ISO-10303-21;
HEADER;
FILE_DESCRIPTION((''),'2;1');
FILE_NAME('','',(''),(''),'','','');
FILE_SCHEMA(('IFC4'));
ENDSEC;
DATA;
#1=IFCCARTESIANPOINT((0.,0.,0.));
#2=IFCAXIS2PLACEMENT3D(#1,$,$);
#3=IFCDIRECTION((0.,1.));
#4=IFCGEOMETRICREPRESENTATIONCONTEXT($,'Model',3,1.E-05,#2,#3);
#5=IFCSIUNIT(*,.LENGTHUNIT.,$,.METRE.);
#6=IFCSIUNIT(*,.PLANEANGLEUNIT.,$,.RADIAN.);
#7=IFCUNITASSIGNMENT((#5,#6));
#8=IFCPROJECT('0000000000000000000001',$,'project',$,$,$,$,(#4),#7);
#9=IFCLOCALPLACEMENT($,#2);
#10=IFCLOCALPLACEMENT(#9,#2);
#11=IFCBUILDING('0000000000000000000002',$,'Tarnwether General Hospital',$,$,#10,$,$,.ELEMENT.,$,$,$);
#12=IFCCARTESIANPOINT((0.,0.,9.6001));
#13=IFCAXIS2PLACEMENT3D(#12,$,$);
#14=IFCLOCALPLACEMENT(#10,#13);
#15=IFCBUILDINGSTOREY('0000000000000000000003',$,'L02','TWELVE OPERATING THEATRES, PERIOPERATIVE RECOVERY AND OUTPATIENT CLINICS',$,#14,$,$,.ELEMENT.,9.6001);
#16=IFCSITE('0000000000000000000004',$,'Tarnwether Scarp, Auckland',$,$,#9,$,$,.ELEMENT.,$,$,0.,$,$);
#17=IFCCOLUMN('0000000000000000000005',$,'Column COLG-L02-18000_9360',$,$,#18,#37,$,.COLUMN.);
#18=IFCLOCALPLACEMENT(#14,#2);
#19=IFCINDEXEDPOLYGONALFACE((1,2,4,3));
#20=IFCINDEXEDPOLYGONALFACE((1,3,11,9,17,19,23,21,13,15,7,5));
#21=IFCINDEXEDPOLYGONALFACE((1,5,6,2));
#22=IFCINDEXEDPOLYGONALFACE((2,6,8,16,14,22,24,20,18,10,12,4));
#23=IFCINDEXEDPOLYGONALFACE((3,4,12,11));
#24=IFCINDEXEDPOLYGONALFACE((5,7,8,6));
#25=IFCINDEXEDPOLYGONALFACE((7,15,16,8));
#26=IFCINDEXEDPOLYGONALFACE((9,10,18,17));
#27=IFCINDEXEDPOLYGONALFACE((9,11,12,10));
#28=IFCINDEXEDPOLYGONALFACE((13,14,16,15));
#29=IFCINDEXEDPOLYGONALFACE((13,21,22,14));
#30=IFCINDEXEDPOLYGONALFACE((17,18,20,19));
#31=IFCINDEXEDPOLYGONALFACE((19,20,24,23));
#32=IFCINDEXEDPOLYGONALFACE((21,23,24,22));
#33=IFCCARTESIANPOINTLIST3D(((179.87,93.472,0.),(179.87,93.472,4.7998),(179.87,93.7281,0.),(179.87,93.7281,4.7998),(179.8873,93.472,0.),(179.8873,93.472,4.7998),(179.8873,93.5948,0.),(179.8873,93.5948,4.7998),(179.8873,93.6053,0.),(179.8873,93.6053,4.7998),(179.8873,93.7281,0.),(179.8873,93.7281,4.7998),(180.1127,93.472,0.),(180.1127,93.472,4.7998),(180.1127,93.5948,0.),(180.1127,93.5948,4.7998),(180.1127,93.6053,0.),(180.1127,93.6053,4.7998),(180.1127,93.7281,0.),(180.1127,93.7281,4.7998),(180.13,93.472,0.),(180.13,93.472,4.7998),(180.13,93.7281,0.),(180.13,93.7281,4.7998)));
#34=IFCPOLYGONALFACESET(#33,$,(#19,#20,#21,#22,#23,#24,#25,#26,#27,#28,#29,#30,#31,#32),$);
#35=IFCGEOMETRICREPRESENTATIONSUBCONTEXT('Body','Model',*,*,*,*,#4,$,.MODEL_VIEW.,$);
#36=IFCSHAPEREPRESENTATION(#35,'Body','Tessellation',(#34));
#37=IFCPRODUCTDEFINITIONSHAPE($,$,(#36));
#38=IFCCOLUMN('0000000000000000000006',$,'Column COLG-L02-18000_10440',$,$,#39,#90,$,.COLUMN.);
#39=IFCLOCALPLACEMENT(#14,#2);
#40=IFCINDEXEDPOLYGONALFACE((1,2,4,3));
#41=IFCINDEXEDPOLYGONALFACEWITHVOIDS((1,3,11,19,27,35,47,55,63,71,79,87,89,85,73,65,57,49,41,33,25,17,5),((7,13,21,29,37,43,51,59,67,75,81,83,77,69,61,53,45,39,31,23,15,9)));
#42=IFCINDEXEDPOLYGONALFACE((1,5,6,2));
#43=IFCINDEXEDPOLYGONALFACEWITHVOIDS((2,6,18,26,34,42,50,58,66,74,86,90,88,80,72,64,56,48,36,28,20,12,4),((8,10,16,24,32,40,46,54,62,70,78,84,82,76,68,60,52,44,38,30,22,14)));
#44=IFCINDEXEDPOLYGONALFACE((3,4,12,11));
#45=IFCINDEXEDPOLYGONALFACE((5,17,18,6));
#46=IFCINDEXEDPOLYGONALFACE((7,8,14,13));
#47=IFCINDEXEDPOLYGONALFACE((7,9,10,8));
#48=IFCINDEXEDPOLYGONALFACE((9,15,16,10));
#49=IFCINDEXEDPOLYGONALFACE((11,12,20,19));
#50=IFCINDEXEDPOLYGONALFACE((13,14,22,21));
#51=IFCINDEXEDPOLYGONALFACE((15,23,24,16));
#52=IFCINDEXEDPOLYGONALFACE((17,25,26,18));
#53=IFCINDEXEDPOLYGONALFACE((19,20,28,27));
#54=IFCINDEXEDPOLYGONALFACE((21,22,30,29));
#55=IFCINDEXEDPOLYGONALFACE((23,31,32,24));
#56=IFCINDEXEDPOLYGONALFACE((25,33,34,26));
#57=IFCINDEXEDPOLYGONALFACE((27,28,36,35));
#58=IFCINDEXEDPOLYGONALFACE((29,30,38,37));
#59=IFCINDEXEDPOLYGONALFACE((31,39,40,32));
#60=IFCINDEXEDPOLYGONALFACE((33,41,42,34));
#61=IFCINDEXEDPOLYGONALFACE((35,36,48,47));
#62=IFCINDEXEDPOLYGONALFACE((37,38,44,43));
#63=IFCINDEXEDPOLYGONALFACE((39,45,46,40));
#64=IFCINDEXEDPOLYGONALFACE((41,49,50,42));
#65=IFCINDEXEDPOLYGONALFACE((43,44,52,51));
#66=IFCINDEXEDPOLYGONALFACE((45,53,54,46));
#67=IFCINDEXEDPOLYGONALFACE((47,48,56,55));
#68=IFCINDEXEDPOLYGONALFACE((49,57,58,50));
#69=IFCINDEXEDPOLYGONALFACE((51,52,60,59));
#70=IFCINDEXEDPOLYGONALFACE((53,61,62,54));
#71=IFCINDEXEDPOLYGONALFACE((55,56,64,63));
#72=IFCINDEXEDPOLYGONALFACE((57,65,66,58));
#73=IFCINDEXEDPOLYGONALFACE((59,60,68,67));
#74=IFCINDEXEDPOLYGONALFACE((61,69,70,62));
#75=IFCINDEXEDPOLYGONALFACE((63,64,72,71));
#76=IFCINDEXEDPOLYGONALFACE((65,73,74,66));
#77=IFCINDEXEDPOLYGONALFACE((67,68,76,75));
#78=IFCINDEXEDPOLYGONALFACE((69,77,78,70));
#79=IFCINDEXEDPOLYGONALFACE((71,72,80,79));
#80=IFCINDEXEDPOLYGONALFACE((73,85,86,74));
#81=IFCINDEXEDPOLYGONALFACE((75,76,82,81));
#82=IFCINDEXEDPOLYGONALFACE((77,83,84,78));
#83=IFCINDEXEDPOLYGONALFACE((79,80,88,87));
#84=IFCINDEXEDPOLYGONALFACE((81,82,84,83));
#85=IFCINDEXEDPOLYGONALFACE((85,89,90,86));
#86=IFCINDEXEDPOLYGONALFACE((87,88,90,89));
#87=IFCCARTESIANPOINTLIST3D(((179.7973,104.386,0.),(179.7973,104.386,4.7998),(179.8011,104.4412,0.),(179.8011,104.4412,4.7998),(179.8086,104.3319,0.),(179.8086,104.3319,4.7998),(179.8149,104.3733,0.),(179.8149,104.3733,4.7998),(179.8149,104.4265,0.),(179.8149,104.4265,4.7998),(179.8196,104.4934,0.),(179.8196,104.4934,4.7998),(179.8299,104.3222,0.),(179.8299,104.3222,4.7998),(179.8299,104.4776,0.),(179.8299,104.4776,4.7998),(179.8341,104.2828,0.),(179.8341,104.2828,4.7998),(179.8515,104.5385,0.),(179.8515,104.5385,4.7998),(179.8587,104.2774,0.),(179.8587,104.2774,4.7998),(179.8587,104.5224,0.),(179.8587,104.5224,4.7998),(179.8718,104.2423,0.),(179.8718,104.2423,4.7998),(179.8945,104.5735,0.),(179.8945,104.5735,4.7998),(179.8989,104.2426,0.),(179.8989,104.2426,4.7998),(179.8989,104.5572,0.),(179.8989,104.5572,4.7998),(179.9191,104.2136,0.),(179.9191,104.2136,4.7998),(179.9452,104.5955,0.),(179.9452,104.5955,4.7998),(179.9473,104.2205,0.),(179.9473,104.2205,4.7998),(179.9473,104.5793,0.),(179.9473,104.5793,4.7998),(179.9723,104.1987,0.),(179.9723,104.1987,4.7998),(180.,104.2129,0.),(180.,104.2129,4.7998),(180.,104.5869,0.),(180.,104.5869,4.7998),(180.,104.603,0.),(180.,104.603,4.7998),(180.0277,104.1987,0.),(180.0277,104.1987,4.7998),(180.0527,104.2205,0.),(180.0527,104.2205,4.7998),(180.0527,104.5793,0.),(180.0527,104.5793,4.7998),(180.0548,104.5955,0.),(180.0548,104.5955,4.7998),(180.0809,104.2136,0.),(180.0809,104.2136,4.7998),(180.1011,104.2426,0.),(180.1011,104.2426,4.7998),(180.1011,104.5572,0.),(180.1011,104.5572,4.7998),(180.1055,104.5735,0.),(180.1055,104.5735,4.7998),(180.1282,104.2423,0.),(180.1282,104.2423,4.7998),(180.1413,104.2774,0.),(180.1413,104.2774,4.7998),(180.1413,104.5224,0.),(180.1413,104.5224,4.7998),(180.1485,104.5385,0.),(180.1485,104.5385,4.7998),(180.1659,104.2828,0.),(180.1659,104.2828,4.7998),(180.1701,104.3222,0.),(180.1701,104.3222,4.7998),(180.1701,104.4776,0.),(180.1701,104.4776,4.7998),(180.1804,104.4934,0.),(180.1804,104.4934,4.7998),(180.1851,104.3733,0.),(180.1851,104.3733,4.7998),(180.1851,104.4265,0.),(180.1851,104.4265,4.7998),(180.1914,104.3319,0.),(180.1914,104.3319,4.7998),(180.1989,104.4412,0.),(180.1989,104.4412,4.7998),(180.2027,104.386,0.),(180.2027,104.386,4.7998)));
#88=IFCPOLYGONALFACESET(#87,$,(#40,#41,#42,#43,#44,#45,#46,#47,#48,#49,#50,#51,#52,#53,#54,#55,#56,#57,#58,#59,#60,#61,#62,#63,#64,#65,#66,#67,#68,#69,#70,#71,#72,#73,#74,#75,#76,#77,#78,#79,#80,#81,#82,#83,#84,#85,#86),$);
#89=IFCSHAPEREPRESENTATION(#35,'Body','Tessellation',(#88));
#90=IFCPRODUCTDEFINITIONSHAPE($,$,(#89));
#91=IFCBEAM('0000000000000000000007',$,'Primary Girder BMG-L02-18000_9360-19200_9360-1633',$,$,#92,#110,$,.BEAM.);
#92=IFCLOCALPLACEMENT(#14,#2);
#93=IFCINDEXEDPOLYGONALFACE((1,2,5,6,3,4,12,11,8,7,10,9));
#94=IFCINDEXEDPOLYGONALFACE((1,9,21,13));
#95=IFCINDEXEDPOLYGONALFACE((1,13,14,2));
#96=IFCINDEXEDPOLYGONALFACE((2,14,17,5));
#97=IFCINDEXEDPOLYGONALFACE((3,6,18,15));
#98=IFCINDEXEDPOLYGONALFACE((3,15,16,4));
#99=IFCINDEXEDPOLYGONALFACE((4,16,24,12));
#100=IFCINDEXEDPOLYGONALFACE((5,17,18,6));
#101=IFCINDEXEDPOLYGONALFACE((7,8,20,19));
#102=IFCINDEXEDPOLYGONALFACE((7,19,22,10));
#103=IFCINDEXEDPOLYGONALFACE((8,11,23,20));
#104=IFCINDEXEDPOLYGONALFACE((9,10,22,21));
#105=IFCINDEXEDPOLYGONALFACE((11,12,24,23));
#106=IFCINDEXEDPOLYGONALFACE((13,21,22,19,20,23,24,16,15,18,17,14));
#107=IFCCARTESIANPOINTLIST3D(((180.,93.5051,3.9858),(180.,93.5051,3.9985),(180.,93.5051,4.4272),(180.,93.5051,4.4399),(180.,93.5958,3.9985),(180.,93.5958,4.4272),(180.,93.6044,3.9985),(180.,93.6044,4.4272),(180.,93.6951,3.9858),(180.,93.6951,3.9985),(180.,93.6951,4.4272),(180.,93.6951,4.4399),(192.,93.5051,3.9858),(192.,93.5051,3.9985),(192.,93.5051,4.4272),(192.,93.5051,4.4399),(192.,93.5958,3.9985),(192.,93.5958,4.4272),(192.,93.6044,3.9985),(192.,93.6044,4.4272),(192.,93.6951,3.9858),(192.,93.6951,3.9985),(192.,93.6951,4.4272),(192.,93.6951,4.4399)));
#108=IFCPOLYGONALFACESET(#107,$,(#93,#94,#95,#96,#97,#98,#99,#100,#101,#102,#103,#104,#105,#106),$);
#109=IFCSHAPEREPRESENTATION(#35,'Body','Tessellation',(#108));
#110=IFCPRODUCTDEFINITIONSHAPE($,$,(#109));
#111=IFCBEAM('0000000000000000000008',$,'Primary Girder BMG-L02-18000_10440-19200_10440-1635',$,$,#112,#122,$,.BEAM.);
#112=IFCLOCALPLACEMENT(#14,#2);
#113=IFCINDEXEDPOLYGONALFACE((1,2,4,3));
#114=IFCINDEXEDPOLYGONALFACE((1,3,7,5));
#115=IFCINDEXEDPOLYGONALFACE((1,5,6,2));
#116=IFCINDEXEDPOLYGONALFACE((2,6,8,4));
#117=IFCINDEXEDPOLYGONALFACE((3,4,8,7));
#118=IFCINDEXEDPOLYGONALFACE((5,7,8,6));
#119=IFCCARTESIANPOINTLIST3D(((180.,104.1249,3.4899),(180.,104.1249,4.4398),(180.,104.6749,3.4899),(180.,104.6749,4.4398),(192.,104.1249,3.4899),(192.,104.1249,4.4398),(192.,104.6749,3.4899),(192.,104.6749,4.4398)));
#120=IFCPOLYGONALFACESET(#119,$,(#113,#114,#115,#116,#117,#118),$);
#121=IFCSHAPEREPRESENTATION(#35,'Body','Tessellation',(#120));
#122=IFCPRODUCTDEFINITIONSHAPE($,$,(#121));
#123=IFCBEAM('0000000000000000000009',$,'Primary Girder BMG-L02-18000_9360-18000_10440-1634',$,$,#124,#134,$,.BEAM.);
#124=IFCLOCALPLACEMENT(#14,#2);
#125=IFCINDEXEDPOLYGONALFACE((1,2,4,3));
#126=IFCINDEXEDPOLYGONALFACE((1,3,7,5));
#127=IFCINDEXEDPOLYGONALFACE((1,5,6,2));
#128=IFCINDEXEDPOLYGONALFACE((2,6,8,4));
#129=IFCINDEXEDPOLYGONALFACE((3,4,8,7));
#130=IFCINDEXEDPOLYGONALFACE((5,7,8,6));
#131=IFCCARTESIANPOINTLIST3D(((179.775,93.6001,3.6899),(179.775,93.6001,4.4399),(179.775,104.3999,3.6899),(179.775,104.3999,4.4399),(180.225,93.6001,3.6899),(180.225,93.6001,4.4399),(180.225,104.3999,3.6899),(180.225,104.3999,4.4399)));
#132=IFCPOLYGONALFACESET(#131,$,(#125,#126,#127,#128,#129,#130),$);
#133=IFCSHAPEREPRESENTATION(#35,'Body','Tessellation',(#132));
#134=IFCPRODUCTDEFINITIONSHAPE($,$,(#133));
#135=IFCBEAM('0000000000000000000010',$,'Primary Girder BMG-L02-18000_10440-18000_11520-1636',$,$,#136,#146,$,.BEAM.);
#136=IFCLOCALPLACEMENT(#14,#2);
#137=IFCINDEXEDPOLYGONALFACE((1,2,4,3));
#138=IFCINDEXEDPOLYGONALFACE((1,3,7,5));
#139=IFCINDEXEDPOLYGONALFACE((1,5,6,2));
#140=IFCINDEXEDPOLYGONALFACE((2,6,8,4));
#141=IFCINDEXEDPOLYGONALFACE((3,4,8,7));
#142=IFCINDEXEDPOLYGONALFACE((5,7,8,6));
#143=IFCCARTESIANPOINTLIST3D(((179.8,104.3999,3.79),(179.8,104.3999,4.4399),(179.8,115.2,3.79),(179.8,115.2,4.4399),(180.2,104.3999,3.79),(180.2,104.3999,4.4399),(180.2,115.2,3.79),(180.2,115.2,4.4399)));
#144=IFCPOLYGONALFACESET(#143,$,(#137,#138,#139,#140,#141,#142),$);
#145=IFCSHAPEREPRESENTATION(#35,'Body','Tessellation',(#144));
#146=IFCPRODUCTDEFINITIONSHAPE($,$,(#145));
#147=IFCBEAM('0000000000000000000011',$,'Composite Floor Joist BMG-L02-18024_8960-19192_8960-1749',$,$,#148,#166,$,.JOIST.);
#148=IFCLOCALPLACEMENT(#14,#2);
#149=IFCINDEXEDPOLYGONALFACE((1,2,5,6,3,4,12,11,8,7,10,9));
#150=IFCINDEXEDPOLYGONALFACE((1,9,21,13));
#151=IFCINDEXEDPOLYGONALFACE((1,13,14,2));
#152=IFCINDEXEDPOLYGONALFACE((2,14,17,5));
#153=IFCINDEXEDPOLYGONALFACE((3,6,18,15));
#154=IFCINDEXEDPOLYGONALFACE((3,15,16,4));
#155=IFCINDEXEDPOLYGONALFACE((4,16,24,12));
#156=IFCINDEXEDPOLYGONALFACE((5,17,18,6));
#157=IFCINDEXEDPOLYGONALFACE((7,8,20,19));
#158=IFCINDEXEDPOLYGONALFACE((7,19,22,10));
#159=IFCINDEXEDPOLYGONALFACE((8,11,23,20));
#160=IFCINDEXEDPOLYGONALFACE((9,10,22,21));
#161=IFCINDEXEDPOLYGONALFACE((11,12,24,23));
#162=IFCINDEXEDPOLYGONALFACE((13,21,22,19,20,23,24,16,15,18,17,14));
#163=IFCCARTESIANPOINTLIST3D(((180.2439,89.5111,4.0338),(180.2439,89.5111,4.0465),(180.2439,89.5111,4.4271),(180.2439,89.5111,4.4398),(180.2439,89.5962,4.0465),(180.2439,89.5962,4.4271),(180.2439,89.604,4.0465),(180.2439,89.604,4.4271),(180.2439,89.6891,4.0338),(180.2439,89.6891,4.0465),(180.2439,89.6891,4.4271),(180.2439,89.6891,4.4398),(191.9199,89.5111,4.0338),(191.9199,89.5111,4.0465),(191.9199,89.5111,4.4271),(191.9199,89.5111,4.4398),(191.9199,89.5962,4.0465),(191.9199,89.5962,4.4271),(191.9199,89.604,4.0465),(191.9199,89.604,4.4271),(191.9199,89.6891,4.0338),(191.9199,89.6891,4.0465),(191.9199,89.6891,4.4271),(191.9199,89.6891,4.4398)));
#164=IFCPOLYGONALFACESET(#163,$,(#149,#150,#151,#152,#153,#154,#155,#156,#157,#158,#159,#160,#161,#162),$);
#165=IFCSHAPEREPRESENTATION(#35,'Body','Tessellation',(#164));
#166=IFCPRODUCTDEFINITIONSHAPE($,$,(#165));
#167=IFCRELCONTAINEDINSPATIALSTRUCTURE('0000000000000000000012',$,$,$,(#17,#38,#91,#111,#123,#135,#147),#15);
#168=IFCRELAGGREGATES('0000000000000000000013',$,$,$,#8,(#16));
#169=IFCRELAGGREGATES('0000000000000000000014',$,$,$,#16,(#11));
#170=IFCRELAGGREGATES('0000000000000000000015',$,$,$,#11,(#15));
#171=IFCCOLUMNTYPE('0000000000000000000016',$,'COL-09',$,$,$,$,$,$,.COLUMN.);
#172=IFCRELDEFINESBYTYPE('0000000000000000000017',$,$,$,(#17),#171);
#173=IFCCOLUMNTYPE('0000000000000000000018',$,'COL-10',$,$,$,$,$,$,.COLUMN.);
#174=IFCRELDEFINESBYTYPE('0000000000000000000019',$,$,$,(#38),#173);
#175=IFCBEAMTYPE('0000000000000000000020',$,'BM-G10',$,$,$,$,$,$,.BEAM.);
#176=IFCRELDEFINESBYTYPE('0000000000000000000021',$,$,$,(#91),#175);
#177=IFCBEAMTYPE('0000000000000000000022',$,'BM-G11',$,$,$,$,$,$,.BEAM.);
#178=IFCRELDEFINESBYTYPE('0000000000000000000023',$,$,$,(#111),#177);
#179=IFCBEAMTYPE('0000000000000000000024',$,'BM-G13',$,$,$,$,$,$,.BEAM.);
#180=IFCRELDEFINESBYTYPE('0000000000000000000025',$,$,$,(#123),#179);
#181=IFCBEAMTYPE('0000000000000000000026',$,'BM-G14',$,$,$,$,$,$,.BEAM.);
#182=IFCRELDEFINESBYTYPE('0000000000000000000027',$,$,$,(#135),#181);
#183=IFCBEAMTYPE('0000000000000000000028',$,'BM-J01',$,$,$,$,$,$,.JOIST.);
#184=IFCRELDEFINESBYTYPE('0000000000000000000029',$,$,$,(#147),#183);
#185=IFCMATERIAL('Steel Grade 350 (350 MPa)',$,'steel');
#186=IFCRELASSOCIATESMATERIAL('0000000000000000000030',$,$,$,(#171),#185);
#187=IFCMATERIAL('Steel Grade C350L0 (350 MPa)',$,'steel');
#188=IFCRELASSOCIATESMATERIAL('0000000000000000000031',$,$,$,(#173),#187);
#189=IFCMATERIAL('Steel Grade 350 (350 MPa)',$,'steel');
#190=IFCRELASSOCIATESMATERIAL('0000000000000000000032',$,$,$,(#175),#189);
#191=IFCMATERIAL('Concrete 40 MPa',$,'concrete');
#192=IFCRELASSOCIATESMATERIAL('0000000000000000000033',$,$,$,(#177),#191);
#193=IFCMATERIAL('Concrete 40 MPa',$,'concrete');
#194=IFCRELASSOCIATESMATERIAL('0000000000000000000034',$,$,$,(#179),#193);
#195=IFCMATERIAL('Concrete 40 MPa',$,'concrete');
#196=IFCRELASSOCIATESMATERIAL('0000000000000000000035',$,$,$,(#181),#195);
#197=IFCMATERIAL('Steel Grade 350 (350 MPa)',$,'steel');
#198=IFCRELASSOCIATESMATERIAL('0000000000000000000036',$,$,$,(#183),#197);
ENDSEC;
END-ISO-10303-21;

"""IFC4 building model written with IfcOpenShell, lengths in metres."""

from ifc_helpers import new_model, si_unit, direction, frame, origin, origin_2d, place, context, subcontext, project, spatial, rectangle, hollow_circle, i_section, extrude, material, material_profile, profile_set, type_object, element, save


model = new_model("IFC4")

# Units and contexts
model_context = context("Model", 3, precision=1e-05, world=origin(), true_north=direction((0.0, 1.0)))
body_context = subcontext(model_context, "Body", "Model", "MODEL_VIEW")
ifc_project = project(units=[si_unit("LENGTHUNIT", "METRE"), si_unit("PLANEANGLEUNIT", "RADIAN")], contexts=[model_context])

# Site, building, storey
site_placement = place(None, origin())
site = spatial("IfcSite", under=ifc_project, at=site_placement, Name="Tarnwether Scarp, Auckland", CompositionType="ELEMENT", RefElevation=0.0)
building_placement = place(site_placement, origin())
building = spatial("IfcBuilding", under=site, at=building_placement, Name="Tarnwether General Hospital", CompositionType="ELEMENT")
storey_placement = place(building_placement, frame((0.0, 0.0, 9.6001)))
storey = spatial("IfcBuildingStorey", under=building, at=storey_placement, Name="L02", Description="TWELVE OPERATING THEATRES, PERIOPERATIVE RECOVERY AND OUTPATIENT CLINICS", CompositionType="ELEMENT", Elevation=9.6001)

# Columns
ifc_material_1 = material(Name="Steel Grade 350 (350 MPa)", Category="steel")
ifc_material_profile_1 = material_profile(ifc_material_1, i_section(OverallWidth=0.2561, OverallDepth=0.26, WebThickness=0.0105, FlangeThickness=0.0173, at=origin_2d()), Name="250UC89.5")
ifc_profile_set_1 = profile_set([ifc_material_profile_1], Name="Steel Grade 350 (350 MPa)")
column_type_1 = type_object("IfcColumnType", Name="COL-09", PredefinedType="COLUMN", material=ifc_profile_set_1)
column_1_placement = place(storey_placement, frame((180.0, 93.6001, 0.0), z_axis=(0.0, 0.0, 1.0), x_axis=(0.0, 1.0, 0.0)))
element("IfcColumn", 1, at=column_1_placement, inside=storey, type_object=column_type_1, Name="Column COLG-L02-18000_9360", PredefinedType="COLUMN", context=body_context, shape_type="SweptSolid", body=[
    extrude(i_section(OverallWidth=0.2561, OverallDepth=0.26, WebThickness=0.0105, FlangeThickness=0.0173, at=origin_2d()), origin(), (0.0, 0.0, 1.0), 4.7998),
])
ifc_material_2 = material(Name="Steel Grade C350L0 (350 MPa)", Category="steel")
ifc_material_profile_2 = material_profile(ifc_material_2, hollow_circle(Radius=0.2031, WallThickness=0.0161, at=origin_2d()), Name="CHS406.4x16.0")
ifc_profile_set_2 = profile_set([ifc_material_profile_2], Name="Steel Grade C350L0 (350 MPa)")
column_type_2 = type_object("IfcColumnType", Name="COL-10", PredefinedType="COLUMN", material=ifc_profile_set_2)
column_2_placement = place(storey_placement, frame((180.0, 104.3999, 0.0), z_axis=(0.0, 0.0, 1.0), x_axis=(0.0, 1.0, 0.0)))
element("IfcColumn", 2, at=column_2_placement, inside=storey, type_object=column_type_2, Name="Column COLG-L02-18000_10440", PredefinedType="COLUMN", context=body_context, shape_type="SweptSolid", body=[
    extrude(hollow_circle(Radius=0.2031, WallThickness=0.0161, at=origin_2d()), origin(), (0.0, 0.0, 1.0), 4.7998),
])

# Beams
ifc_material_3 = material(Name="Steel Grade 350 (350 MPa)", Category="steel")
ifc_material_profile_3 = material_profile(ifc_material_3, i_section(OverallWidth=0.1899, OverallDepth=0.4541, WebThickness=0.0085, FlangeThickness=0.0127, at=origin_2d()), Name="460UB67.1")
ifc_profile_set_3 = profile_set([ifc_material_profile_3], Name="Steel Grade 350 (350 MPa)")
beam_type_1 = type_object("IfcBeamType", Name="BM-G10", PredefinedType="BEAM", material=ifc_profile_set_3)
beam_1_placement = place(storey_placement, frame((180.0, 93.6001, 4.2129), z_axis=(1.0, 0.0, 0.0), x_axis=(0.0, 1.0, 0.0)))
element("IfcBeam", 3, at=beam_1_placement, inside=storey, type_object=beam_type_1, Name="Primary Girder BMG-L02-18000_9360-19200_9360-1633", PredefinedType="BEAM", context=body_context, shape_type="SweptSolid", body=[
    extrude(i_section(OverallWidth=0.1899, OverallDepth=0.4541, WebThickness=0.0085, FlangeThickness=0.0127, at=origin_2d()), origin(), (0.0, 0.0, 1.0), 12.0),
])
ifc_material_4 = material(Name="Concrete 40 MPa", Category="concrete")
ifc_material_profile_4 = material_profile(ifc_material_4, rectangle(XDim=0.55, YDim=0.95, at=origin_2d()), Name="RC-BM-550x950")
ifc_profile_set_4 = profile_set([ifc_material_profile_4], Name="Concrete 40 MPa")
beam_type_2 = type_object("IfcBeamType", Name="BM-G11", PredefinedType="BEAM", material=ifc_profile_set_4)
beam_2_placement = place(storey_placement, frame((180.0, 104.3999, 3.9648), z_axis=(1.0, 0.0, 0.0), x_axis=(0.0, 1.0, 0.0)))
element("IfcBeam", 4, at=beam_2_placement, inside=storey, type_object=beam_type_2, Name="Primary Girder BMG-L02-18000_10440-19200_10440-1635", PredefinedType="BEAM", context=body_context, shape_type="SweptSolid", body=[
    extrude(rectangle(XDim=0.55, YDim=0.95, at=origin_2d()), origin(), (0.0, 0.0, 1.0), 12.0),
])
ifc_material_5 = material(Name="Concrete 40 MPa", Category="concrete")
ifc_material_profile_5 = material_profile(ifc_material_5, rectangle(XDim=0.45, YDim=0.75, at=origin_2d()), Name="RC-BM-450x750")
ifc_profile_set_5 = profile_set([ifc_material_profile_5], Name="Concrete 40 MPa")
beam_type_3 = type_object("IfcBeamType", Name="BM-G13", PredefinedType="BEAM", material=ifc_profile_set_5)
beam_3_placement = place(storey_placement, frame((180.0, 93.6001, 4.0649), z_axis=(0.0, 1.0, 0.0), x_axis=(-1.0, 0.0, 0.0)))
element("IfcBeam", 5, at=beam_3_placement, inside=storey, type_object=beam_type_3, Name="Primary Girder BMG-L02-18000_9360-18000_10440-1634", PredefinedType="BEAM", context=body_context, shape_type="SweptSolid", body=[
    extrude(rectangle(XDim=0.45, YDim=0.75, at=origin_2d()), origin(), (0.0, 0.0, 1.0), 10.7998),
])
ifc_material_6 = material(Name="Concrete 40 MPa", Category="concrete")
ifc_material_profile_6 = material_profile(ifc_material_6, rectangle(XDim=0.3999, YDim=0.6499, at=origin_2d()), Name="RC-BM-400x650")
ifc_profile_set_6 = profile_set([ifc_material_profile_6], Name="Concrete 40 MPa")
beam_type_4 = type_object("IfcBeamType", Name="BM-G14", PredefinedType="BEAM", material=ifc_profile_set_6)
beam_4_placement = place(storey_placement, frame((180.0, 104.3999, 4.115), z_axis=(0.0, 1.0, 0.0), x_axis=(-1.0, 0.0, 0.0)))
element("IfcBeam", 6, at=beam_4_placement, inside=storey, type_object=beam_type_4, Name="Primary Girder BMG-L02-18000_10440-18000_11520-1636", PredefinedType="BEAM", context=body_context, shape_type="SweptSolid", body=[
    extrude(rectangle(XDim=0.3999, YDim=0.6499, at=origin_2d()), origin(), (0.0, 0.0, 1.0), 10.8),
])
ifc_material_7 = material(Name="Steel Grade 350 (350 MPa)", Category="steel")
ifc_material_profile_7 = material_profile(ifc_material_7, i_section(OverallWidth=0.178, OverallDepth=0.406, WebThickness=0.0078, FlangeThickness=0.0127, at=origin_2d()), Name="410UB59.7")
ifc_profile_set_7 = profile_set([ifc_material_profile_7], Name="Steel Grade 350 (350 MPa)")
beam_type_5 = type_object("IfcBeamType", Name="BM-J01", PredefinedType="JOIST", material=ifc_profile_set_7)
beam_5_placement = place(storey_placement, frame((180.2439, 89.6001, 4.2368), z_axis=(1.0, 0.0, 0.0), x_axis=(0.0, 1.0, 0.0)))
element("IfcBeam", 7, at=beam_5_placement, inside=storey, type_object=beam_type_5, Name="Composite Floor Joist BMG-L02-18024_8960-19192_8960-1749", PredefinedType="JOIST", context=body_context, shape_type="SweptSolid", body=[
    extrude(i_section(OverallWidth=0.178, OverallDepth=0.406, WebThickness=0.0078, FlangeThickness=0.0127, at=origin_2d()), origin(), (0.0, 0.0, 1.0), 11.676),
])

save(model, "model.ifc")
